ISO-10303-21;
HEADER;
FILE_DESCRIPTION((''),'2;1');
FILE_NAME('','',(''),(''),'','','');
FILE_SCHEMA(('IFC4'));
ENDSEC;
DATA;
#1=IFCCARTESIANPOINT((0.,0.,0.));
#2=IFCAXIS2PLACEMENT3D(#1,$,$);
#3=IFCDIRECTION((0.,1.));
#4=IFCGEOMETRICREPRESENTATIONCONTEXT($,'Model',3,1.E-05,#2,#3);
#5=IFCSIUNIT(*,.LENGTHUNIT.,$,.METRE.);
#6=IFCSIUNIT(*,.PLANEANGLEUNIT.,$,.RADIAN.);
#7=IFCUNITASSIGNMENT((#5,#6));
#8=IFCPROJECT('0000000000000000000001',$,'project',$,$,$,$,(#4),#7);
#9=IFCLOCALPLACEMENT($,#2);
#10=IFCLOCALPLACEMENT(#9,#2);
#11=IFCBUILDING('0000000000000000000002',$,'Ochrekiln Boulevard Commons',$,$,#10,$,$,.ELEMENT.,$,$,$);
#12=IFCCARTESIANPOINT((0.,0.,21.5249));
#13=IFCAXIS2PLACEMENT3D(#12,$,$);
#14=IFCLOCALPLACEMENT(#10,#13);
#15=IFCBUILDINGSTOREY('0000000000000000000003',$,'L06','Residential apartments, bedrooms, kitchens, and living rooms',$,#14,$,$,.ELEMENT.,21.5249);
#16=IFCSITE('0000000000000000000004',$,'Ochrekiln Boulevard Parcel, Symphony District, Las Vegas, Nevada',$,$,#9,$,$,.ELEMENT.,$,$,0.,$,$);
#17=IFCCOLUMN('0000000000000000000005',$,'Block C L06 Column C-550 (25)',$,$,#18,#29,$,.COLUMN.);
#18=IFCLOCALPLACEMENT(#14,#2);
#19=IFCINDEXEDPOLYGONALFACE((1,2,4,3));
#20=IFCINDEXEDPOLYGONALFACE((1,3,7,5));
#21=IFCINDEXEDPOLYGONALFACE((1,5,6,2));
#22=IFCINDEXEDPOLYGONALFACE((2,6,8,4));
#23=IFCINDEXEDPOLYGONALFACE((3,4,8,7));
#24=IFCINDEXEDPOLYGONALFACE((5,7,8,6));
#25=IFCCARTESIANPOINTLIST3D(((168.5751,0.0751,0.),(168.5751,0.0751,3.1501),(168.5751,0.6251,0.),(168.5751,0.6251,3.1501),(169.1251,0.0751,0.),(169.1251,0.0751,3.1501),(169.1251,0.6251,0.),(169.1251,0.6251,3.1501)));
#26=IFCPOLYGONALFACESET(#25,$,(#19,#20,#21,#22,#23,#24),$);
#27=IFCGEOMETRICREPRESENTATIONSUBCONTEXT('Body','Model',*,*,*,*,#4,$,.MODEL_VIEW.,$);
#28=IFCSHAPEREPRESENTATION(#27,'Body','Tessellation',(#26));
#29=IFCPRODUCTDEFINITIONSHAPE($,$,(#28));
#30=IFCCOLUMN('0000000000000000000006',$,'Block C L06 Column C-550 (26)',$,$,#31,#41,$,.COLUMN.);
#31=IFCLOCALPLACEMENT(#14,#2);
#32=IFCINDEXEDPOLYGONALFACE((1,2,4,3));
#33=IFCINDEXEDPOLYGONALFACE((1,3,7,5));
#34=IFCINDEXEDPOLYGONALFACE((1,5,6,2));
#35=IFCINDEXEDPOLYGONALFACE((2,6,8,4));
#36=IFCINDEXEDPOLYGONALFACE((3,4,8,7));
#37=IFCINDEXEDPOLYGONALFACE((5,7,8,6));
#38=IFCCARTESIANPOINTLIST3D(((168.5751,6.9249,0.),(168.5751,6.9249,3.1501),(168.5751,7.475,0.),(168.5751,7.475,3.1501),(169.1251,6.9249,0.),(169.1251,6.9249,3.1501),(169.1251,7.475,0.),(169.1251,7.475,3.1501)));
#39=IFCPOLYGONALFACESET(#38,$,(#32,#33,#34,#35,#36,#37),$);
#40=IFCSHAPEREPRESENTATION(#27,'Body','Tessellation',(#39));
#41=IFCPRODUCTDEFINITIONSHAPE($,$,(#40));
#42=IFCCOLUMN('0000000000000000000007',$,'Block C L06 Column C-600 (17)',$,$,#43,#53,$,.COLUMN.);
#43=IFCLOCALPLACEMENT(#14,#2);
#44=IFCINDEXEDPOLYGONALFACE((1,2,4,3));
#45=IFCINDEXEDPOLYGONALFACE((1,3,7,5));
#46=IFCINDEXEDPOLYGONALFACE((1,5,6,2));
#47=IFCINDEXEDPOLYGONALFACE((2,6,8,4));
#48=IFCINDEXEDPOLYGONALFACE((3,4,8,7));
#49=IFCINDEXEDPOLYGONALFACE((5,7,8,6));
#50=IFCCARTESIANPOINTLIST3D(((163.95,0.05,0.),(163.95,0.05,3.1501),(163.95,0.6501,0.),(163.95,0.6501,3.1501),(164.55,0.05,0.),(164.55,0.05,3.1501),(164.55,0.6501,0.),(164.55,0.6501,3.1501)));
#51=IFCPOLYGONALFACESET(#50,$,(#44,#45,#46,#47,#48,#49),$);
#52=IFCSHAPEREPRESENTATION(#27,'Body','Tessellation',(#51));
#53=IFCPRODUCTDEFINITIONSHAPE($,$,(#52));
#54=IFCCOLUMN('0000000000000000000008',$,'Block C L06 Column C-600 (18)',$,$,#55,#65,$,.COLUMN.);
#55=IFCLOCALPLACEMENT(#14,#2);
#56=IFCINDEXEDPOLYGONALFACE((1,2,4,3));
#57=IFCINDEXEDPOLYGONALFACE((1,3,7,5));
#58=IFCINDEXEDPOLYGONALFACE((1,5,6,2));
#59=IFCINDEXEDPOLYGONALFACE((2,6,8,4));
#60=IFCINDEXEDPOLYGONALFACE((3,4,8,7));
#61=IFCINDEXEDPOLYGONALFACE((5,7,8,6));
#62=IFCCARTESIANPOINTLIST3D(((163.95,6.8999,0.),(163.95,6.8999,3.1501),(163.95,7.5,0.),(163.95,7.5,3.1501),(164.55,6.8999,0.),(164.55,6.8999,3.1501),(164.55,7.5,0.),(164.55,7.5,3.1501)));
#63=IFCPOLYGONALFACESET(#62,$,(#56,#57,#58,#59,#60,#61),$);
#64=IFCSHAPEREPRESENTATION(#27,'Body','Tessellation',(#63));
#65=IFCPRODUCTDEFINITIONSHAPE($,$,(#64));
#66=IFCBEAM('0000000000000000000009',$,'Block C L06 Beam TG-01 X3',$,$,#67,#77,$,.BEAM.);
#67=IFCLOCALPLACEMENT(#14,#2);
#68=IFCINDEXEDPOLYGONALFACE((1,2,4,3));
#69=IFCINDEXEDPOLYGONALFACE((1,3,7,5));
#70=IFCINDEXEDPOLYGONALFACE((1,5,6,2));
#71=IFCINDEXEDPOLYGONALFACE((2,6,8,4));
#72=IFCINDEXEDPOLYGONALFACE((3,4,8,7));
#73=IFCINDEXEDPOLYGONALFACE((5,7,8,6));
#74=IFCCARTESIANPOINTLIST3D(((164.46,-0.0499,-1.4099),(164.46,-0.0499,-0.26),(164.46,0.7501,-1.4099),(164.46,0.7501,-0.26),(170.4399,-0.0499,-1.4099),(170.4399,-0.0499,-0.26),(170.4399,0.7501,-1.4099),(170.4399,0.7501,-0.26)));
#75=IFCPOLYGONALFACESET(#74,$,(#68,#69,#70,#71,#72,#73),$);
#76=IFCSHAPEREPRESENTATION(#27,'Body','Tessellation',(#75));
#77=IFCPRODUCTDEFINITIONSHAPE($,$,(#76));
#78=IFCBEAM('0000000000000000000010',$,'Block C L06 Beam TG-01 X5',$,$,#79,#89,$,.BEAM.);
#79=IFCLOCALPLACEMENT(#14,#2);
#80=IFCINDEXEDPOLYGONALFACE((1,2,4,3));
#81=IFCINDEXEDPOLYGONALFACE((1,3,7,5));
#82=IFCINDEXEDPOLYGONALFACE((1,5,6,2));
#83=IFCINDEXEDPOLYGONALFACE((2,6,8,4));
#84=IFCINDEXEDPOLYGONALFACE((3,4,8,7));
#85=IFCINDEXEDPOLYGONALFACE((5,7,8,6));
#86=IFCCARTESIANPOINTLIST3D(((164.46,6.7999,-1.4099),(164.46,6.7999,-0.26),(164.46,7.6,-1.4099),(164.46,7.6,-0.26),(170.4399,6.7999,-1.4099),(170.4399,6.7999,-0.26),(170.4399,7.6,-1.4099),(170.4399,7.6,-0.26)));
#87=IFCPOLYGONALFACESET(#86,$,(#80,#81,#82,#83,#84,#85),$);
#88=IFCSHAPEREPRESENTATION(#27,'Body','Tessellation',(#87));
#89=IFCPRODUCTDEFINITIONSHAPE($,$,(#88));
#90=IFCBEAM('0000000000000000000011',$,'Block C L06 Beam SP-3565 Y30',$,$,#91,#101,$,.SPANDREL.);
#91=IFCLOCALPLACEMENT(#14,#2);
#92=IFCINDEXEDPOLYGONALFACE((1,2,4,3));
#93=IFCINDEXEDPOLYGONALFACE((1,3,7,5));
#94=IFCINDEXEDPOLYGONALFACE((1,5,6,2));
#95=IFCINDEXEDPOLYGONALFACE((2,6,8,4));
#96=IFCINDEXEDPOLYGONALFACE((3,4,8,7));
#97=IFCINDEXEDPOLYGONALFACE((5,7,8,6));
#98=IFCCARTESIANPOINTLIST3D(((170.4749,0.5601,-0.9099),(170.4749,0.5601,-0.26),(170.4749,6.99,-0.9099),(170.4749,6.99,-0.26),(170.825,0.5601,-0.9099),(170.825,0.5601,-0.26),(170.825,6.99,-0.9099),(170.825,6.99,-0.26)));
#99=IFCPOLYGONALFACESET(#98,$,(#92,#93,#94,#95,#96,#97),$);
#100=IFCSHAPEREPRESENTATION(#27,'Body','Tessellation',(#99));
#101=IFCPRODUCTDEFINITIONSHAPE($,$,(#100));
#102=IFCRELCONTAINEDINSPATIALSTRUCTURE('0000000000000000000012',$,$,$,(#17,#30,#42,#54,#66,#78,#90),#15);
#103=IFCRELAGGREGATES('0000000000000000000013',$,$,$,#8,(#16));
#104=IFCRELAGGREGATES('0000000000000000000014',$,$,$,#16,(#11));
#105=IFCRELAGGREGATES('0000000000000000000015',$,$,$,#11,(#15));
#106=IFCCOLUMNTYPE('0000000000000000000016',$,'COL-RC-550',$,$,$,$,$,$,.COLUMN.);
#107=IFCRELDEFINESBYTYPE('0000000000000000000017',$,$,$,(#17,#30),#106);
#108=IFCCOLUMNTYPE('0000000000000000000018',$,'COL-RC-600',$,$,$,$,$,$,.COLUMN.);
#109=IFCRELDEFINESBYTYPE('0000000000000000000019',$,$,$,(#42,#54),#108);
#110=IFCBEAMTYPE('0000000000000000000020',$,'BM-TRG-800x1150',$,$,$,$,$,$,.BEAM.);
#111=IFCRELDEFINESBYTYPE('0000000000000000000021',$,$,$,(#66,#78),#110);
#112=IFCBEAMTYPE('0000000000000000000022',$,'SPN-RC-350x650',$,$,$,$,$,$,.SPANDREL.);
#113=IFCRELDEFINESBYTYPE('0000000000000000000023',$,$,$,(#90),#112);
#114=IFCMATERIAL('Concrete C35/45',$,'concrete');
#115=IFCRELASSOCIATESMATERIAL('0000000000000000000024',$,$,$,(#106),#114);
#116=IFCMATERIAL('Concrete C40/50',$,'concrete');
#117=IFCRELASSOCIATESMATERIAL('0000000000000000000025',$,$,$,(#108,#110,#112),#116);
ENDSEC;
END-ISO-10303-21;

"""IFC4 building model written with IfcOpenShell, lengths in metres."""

from ifc_helpers import new_model, si_unit, direction, frame, origin, origin_2d, place, context, subcontext, project, spatial, rectangle, extrude, material, material_profile, profile_set, type_object, element, save


model = new_model("IFC4")

# Units and contexts
model_context = context("Model", 3, precision=1e-05, world=origin(), true_north=direction((0.0, 1.0)))
body_context = subcontext(model_context, "Body", "Model", "MODEL_VIEW")
ifc_project = project(units=[si_unit("LENGTHUNIT", "METRE"), si_unit("PLANEANGLEUNIT", "RADIAN")], contexts=[model_context])

# Site, building, storey
site_placement = place(None, origin())
site = spatial("IfcSite", under=ifc_project, at=site_placement, Name="Ochrekiln Boulevard Parcel, Symphony District, Las Vegas, Nevada", CompositionType="ELEMENT", RefElevation=0.0)
building_placement = place(site_placement, origin())
building = spatial("IfcBuilding", under=site, at=building_placement, Name="Ochrekiln Boulevard Commons", CompositionType="ELEMENT")
storey_placement = place(building_placement, frame((0.0, 0.0, 21.5249)))
storey = spatial("IfcBuildingStorey", under=building, at=storey_placement, Name="L06", Description="Residential apartments, bedrooms, kitchens, and living rooms", CompositionType="ELEMENT", Elevation=21.5249)

# Columns
ifc_material_1 = material(Name="Concrete C35/45", Category="concrete")
ifc_material_profile_1 = material_profile(ifc_material_1, rectangle(XDim=0.55, YDim=0.55, at=origin_2d()), Name="RC-COL-550x550")
ifc_profile_set_1 = profile_set([ifc_material_profile_1], Name="Concrete C35/45")
column_type_1 = type_object("IfcColumnType", Name="COL-RC-550", PredefinedType="COLUMN", material=ifc_profile_set_1)
for number, where, z_axis, x_axis, name in (
    (1, (168.8501, 0.3501, 0.0), (0.0, 0.0, 1.0), (1.0, 0.0, 0.0), "Block C L06 Column C-550 (25)"),
    (2, (168.8501, 7.2, 0.0), (0.0, 0.0, 1.0), (1.0, 0.0, 0.0), "Block C L06 Column C-550 (26)"),
):
    element("IfcColumn", number, at=place(storey_placement, frame(where, z_axis=z_axis, x_axis=x_axis)), inside=storey, type_object=column_type_1, Name=name, PredefinedType="COLUMN", context=body_context, shape_type="SweptSolid", body=[
        extrude(rectangle(XDim=0.55, YDim=0.55, at=origin_2d()), origin(), (0.0, 0.0, 1.0), 3.1501),
    ])
ifc_material_2 = material(Name="Concrete C40/50", Category="concrete")
ifc_material_profile_2 = material_profile(ifc_material_2, rectangle(XDim=0.6001, YDim=0.6001, at=origin_2d()), Name="RC-COL-600x600")
ifc_profile_set_2 = profile_set([ifc_material_profile_2], Name="Concrete C40/50")
column_type_2 = type_object("IfcColumnType", Name="COL-RC-600", PredefinedType="COLUMN", material=ifc_profile_set_2)
for number, where, z_axis, x_axis, name in (
    (3, (164.25, 0.3501, 0.0), (0.0, 0.0, 1.0), (1.0, 0.0, 0.0), "Block C L06 Column C-600 (17)"),
    (4, (164.25, 7.2, 0.0), (0.0, 0.0, 1.0), (1.0, 0.0, 0.0), "Block C L06 Column C-600 (18)"),
):
    element("IfcColumn", number, at=place(storey_placement, frame(where, z_axis=z_axis, x_axis=x_axis)), inside=storey, type_object=column_type_2, Name=name, PredefinedType="COLUMN", context=body_context, shape_type="SweptSolid", body=[
        extrude(rectangle(XDim=0.6001, YDim=0.6001, at=origin_2d()), origin(), (0.0, 0.0, 1.0), 3.1501),
    ])

# Beams
ifc_material_profile_3 = material_profile(ifc_material_2, rectangle(XDim=0.8, YDim=1.1499, at=origin_2d()), Name="RC-TRG-800x1150")
ifc_profile_set_3 = profile_set([ifc_material_profile_3], Name="Concrete C40/50")
beam_type_1 = type_object("IfcBeamType", Name="BM-TRG-800x1150", PredefinedType="BEAM", material=ifc_profile_set_3)
for number, where, z_axis, x_axis, name in (
    (5, (164.46, 0.3501, -0.835), (1.0, 0.0, 0.0), (0.0, 1.0, 0.0), "Block C L06 Beam TG-01 X3"),
    (6, (164.46, 7.2, -0.835), (1.0, 0.0, 0.0), (0.0, 1.0, 0.0), "Block C L06 Beam TG-01 X5"),
):
    element("IfcBeam", number, at=place(storey_placement, frame(where, z_axis=z_axis, x_axis=x_axis)), inside=storey, type_object=beam_type_1, Name=name, PredefinedType="BEAM", context=body_context, shape_type="SweptSolid", body=[
        extrude(rectangle(XDim=0.8, YDim=1.1499, at=origin_2d()), origin(), (0.0, 0.0, 1.0), 5.98),
    ])
ifc_material_profile_4 = material_profile(ifc_material_2, rectangle(XDim=0.3501, YDim=0.6499, at=origin_2d()), Name="RC-SPN-350x650")
ifc_profile_set_4 = profile_set([ifc_material_profile_4], Name="Concrete C40/50")
beam_type_2 = type_object("IfcBeamType", Name="SPN-RC-350x650", PredefinedType="SPANDREL", material=ifc_profile_set_4)
beam_placement = place(storey_placement, frame((170.6499, 0.5601, -0.585), z_axis=(0.0, 1.0, 0.0), x_axis=(-1.0, 0.0, 0.0)))
element("IfcBeam", 7, at=beam_placement, inside=storey, type_object=beam_type_2, Name="Block C L06 Beam SP-3565 Y30", PredefinedType="SPANDREL", context=body_context, shape_type="SweptSolid", body=[
    extrude(rectangle(XDim=0.3501, YDim=0.6499, at=origin_2d()), origin(), (0.0, 0.0, 1.0), 6.4299),
])

save(model, "model.ifc")
